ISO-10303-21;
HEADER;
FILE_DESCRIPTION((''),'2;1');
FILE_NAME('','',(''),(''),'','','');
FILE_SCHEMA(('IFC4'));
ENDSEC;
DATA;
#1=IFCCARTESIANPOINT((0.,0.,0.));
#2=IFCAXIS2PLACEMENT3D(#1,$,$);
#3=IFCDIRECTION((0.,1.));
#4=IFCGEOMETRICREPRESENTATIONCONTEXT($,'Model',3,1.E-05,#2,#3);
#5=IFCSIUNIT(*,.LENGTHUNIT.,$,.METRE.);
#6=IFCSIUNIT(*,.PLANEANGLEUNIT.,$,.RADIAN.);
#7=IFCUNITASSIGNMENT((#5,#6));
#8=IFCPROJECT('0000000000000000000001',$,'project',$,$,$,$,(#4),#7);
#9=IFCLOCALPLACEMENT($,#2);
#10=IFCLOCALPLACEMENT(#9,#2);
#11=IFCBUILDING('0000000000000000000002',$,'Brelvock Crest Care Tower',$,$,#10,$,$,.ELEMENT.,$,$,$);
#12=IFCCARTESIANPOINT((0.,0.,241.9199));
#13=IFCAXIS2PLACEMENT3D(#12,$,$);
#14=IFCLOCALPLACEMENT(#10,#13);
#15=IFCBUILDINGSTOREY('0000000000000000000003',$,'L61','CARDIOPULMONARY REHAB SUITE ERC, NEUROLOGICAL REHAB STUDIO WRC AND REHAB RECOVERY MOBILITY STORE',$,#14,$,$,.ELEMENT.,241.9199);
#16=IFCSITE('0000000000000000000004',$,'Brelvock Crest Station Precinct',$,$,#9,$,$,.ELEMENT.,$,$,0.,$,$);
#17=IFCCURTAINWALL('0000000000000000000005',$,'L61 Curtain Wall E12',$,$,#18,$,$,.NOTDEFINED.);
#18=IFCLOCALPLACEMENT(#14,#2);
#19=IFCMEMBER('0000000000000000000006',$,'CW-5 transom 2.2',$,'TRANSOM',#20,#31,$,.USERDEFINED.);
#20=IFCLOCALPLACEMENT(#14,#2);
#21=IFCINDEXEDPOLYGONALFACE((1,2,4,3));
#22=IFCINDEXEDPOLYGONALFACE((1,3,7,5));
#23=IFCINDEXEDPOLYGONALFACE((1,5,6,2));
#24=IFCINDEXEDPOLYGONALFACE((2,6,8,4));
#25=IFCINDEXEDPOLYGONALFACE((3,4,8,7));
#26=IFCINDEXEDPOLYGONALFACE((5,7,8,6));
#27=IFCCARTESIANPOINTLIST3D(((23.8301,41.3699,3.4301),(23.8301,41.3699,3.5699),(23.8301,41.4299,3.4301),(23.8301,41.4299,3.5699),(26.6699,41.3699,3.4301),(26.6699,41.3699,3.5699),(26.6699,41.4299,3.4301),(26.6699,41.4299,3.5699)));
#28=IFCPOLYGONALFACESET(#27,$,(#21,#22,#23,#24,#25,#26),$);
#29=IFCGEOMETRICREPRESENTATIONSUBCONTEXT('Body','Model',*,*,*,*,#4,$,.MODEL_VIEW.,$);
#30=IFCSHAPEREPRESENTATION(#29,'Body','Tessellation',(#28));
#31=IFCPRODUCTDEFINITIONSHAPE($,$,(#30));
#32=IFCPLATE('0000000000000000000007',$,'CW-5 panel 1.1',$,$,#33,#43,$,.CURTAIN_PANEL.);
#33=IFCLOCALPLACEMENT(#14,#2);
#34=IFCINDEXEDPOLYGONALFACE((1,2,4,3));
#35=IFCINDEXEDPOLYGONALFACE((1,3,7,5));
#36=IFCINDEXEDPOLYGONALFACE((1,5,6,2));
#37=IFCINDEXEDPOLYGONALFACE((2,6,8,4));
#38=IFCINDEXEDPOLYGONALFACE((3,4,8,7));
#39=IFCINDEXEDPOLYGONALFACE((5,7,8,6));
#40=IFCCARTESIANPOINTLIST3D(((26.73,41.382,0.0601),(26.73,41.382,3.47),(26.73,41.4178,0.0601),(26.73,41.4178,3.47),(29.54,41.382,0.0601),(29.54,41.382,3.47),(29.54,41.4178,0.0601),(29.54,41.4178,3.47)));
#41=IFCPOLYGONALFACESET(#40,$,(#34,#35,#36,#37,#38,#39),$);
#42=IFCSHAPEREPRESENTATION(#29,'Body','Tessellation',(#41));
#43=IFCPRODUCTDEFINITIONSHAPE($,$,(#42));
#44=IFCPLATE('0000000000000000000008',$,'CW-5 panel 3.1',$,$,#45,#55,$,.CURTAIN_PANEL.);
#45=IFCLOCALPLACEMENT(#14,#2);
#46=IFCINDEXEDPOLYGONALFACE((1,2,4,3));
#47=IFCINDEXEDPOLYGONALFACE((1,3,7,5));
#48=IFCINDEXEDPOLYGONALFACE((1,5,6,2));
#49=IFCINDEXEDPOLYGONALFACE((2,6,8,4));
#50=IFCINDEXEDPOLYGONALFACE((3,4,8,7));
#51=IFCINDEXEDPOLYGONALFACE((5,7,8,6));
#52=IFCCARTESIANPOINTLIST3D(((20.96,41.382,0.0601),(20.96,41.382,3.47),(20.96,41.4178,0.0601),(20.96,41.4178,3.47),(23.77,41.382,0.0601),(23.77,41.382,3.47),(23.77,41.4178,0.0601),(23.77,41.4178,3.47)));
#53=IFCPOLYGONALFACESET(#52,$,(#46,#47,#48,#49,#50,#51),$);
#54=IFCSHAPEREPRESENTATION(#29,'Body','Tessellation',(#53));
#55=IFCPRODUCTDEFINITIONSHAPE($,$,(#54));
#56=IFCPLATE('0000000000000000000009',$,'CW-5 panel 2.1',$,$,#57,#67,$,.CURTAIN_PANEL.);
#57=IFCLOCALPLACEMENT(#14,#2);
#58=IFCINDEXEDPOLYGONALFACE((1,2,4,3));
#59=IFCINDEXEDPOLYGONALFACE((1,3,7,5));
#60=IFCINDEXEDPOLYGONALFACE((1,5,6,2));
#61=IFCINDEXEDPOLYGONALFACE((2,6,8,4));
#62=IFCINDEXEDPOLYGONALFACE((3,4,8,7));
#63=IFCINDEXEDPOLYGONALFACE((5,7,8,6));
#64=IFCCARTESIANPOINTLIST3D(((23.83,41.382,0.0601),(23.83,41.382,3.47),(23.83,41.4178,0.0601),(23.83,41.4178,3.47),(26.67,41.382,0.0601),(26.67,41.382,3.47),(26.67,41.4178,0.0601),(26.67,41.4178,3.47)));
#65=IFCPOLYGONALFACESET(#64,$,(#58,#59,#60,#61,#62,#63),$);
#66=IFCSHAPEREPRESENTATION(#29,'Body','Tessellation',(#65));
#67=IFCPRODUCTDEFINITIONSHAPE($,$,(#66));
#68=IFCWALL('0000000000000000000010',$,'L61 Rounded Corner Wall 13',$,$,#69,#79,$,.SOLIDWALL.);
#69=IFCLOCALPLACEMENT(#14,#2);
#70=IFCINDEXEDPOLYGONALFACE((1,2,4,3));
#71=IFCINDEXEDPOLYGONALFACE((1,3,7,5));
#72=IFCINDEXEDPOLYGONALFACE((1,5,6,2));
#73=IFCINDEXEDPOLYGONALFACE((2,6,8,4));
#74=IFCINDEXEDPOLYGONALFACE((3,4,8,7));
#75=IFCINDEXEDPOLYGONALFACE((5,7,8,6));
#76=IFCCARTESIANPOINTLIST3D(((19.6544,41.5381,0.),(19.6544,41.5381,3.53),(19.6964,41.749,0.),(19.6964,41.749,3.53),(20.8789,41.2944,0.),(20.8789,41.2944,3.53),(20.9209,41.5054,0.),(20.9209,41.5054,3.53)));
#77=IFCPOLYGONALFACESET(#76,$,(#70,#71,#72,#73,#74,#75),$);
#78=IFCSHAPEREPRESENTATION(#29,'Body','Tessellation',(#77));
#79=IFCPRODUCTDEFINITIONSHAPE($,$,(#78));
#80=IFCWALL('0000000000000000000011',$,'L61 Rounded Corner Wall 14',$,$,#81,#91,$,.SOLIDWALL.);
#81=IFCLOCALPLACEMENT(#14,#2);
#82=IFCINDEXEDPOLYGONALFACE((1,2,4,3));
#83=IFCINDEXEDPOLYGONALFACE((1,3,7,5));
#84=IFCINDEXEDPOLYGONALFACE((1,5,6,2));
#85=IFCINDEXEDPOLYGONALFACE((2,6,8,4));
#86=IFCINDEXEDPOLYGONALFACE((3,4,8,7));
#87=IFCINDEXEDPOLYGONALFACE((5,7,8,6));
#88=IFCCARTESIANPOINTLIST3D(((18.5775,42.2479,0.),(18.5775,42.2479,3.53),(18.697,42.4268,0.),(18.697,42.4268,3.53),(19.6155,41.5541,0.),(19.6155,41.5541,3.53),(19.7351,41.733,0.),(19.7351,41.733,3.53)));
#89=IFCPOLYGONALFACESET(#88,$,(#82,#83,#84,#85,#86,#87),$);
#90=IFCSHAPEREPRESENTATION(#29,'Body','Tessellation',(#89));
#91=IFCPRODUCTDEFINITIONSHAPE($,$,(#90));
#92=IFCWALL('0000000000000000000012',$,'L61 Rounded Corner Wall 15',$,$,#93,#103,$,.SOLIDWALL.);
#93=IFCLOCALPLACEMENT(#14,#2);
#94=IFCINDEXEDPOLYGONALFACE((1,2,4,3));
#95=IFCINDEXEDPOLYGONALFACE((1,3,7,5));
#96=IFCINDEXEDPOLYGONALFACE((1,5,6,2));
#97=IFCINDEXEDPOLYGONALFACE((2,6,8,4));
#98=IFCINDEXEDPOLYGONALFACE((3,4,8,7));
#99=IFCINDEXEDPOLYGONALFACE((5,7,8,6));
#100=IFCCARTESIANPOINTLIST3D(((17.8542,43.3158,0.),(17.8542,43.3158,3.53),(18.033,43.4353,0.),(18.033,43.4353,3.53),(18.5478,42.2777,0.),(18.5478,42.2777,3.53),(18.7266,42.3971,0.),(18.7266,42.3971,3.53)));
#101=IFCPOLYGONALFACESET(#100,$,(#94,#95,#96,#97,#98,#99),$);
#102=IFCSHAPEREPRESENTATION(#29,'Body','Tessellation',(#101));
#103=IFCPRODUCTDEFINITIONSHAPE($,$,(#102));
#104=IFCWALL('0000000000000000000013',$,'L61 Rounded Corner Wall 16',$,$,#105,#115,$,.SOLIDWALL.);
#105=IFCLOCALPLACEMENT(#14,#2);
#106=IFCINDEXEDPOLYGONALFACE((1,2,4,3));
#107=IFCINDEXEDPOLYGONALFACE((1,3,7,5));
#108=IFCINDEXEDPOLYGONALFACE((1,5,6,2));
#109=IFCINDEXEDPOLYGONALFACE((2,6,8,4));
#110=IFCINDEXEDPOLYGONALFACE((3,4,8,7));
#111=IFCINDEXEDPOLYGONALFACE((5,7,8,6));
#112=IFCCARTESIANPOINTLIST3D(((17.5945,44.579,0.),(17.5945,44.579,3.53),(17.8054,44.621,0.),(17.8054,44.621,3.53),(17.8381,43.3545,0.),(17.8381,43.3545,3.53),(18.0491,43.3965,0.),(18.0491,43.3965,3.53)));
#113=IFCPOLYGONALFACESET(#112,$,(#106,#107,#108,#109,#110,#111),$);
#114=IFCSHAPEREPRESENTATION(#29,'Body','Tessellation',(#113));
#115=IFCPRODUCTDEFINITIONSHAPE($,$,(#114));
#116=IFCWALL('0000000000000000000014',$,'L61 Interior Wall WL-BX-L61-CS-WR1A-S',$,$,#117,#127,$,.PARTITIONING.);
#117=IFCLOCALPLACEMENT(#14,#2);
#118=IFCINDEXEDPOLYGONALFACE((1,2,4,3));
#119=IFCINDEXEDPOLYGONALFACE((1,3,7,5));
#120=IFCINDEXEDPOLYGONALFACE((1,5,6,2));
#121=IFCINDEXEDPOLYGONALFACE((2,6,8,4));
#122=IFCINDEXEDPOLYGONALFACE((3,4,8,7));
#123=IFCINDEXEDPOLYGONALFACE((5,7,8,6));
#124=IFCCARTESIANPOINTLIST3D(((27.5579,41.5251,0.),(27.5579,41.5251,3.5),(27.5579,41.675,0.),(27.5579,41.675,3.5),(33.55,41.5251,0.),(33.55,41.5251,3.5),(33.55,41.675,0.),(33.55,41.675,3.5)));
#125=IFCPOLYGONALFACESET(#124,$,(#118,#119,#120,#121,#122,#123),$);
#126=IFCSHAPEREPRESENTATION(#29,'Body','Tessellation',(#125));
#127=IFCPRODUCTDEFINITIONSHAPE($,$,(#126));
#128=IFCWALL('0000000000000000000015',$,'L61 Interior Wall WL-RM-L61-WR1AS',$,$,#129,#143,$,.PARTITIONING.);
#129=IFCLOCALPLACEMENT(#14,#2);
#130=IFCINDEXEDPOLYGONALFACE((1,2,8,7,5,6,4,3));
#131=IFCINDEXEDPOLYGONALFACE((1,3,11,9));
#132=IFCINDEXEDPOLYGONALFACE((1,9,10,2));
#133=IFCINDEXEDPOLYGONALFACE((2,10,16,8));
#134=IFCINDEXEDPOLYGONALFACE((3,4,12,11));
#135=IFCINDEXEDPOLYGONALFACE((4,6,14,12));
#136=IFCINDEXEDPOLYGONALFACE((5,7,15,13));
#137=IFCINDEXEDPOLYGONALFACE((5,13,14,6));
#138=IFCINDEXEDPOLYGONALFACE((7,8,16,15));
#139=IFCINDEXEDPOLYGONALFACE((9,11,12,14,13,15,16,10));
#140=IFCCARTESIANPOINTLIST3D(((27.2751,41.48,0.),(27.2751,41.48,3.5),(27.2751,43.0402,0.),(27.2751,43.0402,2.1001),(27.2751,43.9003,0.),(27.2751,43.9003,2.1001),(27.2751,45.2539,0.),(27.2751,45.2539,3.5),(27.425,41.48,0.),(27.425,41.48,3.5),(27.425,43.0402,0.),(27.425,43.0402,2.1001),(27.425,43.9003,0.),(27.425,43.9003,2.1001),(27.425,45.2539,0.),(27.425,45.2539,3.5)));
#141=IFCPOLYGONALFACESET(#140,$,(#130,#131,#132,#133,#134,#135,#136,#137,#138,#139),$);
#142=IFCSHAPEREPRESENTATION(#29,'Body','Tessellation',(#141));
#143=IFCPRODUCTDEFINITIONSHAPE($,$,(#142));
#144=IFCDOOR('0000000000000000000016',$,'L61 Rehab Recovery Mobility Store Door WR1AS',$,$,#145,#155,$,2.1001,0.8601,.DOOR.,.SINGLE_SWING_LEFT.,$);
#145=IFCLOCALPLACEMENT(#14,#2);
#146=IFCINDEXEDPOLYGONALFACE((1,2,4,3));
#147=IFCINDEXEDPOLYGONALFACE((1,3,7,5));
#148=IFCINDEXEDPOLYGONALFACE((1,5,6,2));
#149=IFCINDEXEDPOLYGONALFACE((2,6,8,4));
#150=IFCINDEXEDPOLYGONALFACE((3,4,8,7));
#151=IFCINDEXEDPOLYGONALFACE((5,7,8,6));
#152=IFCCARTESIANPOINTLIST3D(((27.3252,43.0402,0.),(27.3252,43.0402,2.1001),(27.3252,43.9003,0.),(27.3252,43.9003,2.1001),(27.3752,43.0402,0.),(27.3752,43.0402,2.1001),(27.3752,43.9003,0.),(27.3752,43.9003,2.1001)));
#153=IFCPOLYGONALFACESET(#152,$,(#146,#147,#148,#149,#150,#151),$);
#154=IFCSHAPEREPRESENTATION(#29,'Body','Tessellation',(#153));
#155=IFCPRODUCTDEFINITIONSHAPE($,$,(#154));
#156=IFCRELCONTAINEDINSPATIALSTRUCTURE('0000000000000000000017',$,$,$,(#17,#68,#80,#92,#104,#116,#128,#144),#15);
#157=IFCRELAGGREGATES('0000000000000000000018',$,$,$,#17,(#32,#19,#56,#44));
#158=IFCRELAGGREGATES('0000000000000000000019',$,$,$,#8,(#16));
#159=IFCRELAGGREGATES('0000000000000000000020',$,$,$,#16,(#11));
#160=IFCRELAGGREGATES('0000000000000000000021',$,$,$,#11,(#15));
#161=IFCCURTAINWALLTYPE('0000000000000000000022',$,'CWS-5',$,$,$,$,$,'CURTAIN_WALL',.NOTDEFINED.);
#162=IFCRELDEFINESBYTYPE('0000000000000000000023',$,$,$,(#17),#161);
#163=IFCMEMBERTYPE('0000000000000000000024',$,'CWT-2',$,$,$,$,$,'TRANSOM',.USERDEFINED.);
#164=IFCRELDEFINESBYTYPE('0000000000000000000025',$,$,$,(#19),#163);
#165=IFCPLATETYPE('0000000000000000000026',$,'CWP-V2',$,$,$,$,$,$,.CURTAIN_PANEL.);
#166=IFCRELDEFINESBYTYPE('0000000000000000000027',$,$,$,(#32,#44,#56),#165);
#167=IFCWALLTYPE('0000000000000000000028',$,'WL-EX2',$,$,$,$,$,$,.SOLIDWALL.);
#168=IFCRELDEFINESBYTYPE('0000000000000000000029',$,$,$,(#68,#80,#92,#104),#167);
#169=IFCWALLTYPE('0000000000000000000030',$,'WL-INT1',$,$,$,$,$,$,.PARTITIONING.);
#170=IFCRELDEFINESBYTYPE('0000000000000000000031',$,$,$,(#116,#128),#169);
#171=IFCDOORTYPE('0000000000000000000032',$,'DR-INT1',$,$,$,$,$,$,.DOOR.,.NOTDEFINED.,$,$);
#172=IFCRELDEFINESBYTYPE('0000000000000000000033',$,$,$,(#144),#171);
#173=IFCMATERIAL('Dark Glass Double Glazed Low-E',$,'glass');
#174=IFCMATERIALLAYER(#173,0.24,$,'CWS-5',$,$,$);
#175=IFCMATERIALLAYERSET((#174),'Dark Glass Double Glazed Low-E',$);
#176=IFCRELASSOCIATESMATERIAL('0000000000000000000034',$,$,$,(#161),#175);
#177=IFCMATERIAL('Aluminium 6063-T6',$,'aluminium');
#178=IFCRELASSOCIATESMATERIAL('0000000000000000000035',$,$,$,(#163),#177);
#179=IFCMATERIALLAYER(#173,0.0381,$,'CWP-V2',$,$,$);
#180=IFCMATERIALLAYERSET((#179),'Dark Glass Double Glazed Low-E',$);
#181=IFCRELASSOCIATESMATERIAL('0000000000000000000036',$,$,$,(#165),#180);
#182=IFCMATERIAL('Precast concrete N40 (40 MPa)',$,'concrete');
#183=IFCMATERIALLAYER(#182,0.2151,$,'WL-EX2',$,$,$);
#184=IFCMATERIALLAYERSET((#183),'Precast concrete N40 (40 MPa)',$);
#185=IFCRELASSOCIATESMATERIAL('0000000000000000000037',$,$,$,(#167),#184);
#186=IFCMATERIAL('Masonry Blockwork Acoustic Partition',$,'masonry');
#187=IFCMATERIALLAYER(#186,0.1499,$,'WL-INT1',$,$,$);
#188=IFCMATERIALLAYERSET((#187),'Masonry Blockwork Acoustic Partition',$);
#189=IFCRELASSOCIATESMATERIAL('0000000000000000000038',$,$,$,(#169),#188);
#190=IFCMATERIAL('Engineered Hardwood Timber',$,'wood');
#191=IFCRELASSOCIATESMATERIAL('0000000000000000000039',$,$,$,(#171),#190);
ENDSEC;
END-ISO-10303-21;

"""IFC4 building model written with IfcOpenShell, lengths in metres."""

from ifc_helpers import new_model, si_unit, direction, frame, frame_2d, origin, origin_2d, place, context, subcontext, project, spatial, rectangle, extrude, source, transform, mapped, material, layer, layer_set, material_profile, profile_set, type_object, element, fill, aggregate, save


model = new_model("IFC4")

# Units and contexts
model_context = context("Model", 3, precision=1e-05, world=origin(), true_north=direction((0.0, 1.0)))
body_context = subcontext(model_context, "Body", "Model", "MODEL_VIEW")
ifc_project = project(units=[si_unit("LENGTHUNIT", "METRE"), si_unit("PLANEANGLEUNIT", "RADIAN")], contexts=[model_context])

# Site, building, storey
site_placement = place(None, origin())
site = spatial("IfcSite", under=ifc_project, at=site_placement, Name="Brelvock Crest Station Precinct", CompositionType="ELEMENT", RefElevation=0.0)
building_placement = place(site_placement, origin())
building = spatial("IfcBuilding", under=site, at=building_placement, Name="Brelvock Crest Care Tower", CompositionType="ELEMENT")
storey_placement = place(building_placement, frame((0.0, 0.0, 241.9199)))
storey = spatial("IfcBuildingStorey", under=building, at=storey_placement, Name="L61", Description="CARDIOPULMONARY REHAB SUITE ERC, NEUROLOGICAL REHAB STUDIO WRC AND REHAB RECOVERY MOBILITY STORE", CompositionType="ELEMENT", Elevation=241.9199)

# Shared definitions
ifc_material_1 = material(Name="Dark Glass Double Glazed Low-E", Category="glass")
ifc_layer_1 = layer(ifc_material_1, 0.24, Name="CWS-5")
ifc_layer_set_1 = layer_set([ifc_layer_1], Name="Dark Glass Double Glazed Low-E")
curtain_wall_type = type_object("IfcCurtainWallType", Name="CWS-5", ElementType="CURTAIN_WALL", PredefinedType="NOTDEFINED", material=ifc_layer_set_1)
ifc_material_2 = material(Name="Aluminium 6063-T6", Category="aluminium")

# Curtain wall, member, plates
curtain_wall_1_placement = place(storey_placement, origin())
curtain_wall_1 = element("IfcCurtainWall", 1, at=curtain_wall_1_placement, inside=storey, type_object=curtain_wall_type, Name="L61 Curtain Wall E12", PredefinedType="NOTDEFINED")
ifc_material_profile_1 = material_profile(ifc_material_2, rectangle(XDim=0.0601, YDim=0.1399, at=origin_2d()), Name="ALU60x140")
ifc_profile_set_1 = profile_set([ifc_material_profile_1], Name="Aluminium 6063-T6")
member_type_1 = type_object("IfcMemberType", Name="CWT-2", ElementType="TRANSOM", PredefinedType="USERDEFINED", material=ifc_profile_set_1)
shared_shape_1 = source(origin(), body_context, "Body", "SweptSolid", [
    extrude(rectangle(XDim=0.0601, YDim=0.1399, at=origin_2d()), origin(), (0.0, 0.0, 1.0), 2.8398),
])
member_1_placement = place(storey_placement, frame((26.6699, 41.3999, 3.5), z_axis=(-1.0, 0.0, 0.0), x_axis=(0.0, -1.0, 0.0)))
member_1 = element("IfcMember", 2, at=member_1_placement, type_object=member_type_1, Name="CW-5 transom 2.2", ObjectType="TRANSOM", PredefinedType="USERDEFINED", context=body_context, shape_type="MappedRepresentation", body=[
    mapped(shared_shape_1, transform((0.0, 0.0, 0.0), x_axis=(1.0, 0.0, 0.0), y_axis=(0.0, 1.0, 0.0), z_axis=(0.0, 0.0, 1.0), scale=1.0)),
])
ifc_layer_2 = layer(ifc_material_1, 0.0381, Name="CWP-V2")
ifc_layer_set_2 = layer_set([ifc_layer_2], Name="Dark Glass Double Glazed Low-E")
plate_type = type_object("IfcPlateType", Name="CWP-V2", PredefinedType="CURTAIN_PANEL", material=ifc_layer_set_2)
shared_shape_2 = source(origin(), body_context, "Body", "SweptSolid", [
    extrude(rectangle(XDim=2.8101, YDim=0.0359, at=origin_2d()), origin(), (0.0, 0.0, 1.0), 3.4099),
])
plate_1_placement = place(storey_placement, frame((28.135, 41.3999, 0.0601), z_axis=(0.0, 0.0, 1.0), x_axis=(-1.0, 0.0, 0.0)))
plate_1 = element("IfcPlate", 3, at=plate_1_placement, type_object=plate_type, Name="CW-5 panel 1.1", PredefinedType="CURTAIN_PANEL", context=body_context, shape_type="MappedRepresentation", body=[
    mapped(shared_shape_2, transform((0.0, 0.0, 0.0), x_axis=(1.0, 0.0, 0.0), y_axis=(0.0, 1.0, 0.0), z_axis=(0.0, 0.0, 1.0), scale=1.0)),
])
plate_2_placement = place(storey_placement, frame((22.365, 41.3999, 0.0601), z_axis=(0.0, 0.0, 1.0), x_axis=(-1.0, 0.0, 0.0)))
plate_2 = element("IfcPlate", 4, at=plate_2_placement, type_object=plate_type, Name="CW-5 panel 3.1", PredefinedType="CURTAIN_PANEL", context=body_context, shape_type="MappedRepresentation", body=[
    mapped(shared_shape_2, transform((0.0, 0.0, 0.0), x_axis=(1.0, 0.0, 0.0), y_axis=(0.0, 1.0, 0.0), z_axis=(0.0, 0.0, 1.0), scale=1.0)),
])
shared_shape_3 = source(origin(), body_context, "Body", "SweptSolid", [
    extrude(rectangle(XDim=2.8401, YDim=0.0359, at=origin_2d()), origin(), (0.0, 0.0, 1.0), 3.4099),
])
plate_3_placement = place(storey_placement, frame((25.25, 41.3999, 0.0601), z_axis=(0.0, 0.0, 1.0), x_axis=(-1.0, 0.0, 0.0)))
plate_3 = element("IfcPlate", 5, at=plate_3_placement, type_object=plate_type, Name="CW-5 panel 2.1", PredefinedType="CURTAIN_PANEL", context=body_context, shape_type="MappedRepresentation", body=[
    mapped(shared_shape_3, transform((0.0, 0.0, 0.0), x_axis=(1.0, 0.0, 0.0), y_axis=(0.0, 1.0, 0.0), z_axis=(0.0, 0.0, 1.0), scale=1.0)),
])
aggregate(curtain_wall_1, [plate_1, member_1, plate_3, plate_2])

# Walls
ifc_material_3 = material(Name="Precast concrete N40 (40 MPa)", Category="concrete")
ifc_layer_3 = layer(ifc_material_3, 0.2151, Name="WL-EX2")
ifc_layer_set_3 = layer_set([ifc_layer_3], Name="Precast concrete N40 (40 MPa)")
wall_type_1 = type_object("IfcWallType", Name="WL-EX2", PredefinedType="SOLIDWALL", material=ifc_layer_set_3)
for number, where, z_axis, x_axis, name in (
    (6, (20.8999, 41.3999, 0.0), (0.0, 0.0, 1.0), (-0.980776, 0.195138, 0.0), "L61 Rounded Corner Wall 13"),
    (7, (19.6753, 41.6436, 0.0), (0.0, 0.0, 1.0), (-0.831388, 0.555692, 0.0), "L61 Rounded Corner Wall 14"),
    (8, (18.6372, 42.3374, 0.0), (0.0, 0.0, 1.0), (-0.555557, 0.831478, 0.0), "L61 Rounded Corner Wall 15"),
    (9, (17.9436, 43.3755, 0.0), (0.0, 0.0, 1.0), (-0.195138, 0.980776, 0.0), "L61 Rounded Corner Wall 16"),
):
    element("IfcWall", number, at=place(storey_placement, frame(where, z_axis=z_axis, x_axis=x_axis)), inside=storey, type_object=wall_type_1, Name=name, PredefinedType="SOLIDWALL", context=body_context, shape_type="SweptSolid", body=[
        extrude(rectangle(XDim=1.2485, YDim=0.2151, at=frame_2d((0.6243, 0.0))), origin(), (0.0, 0.0, 1.0), 3.53),
    ])
ifc_material_4 = material(Name="Masonry Blockwork Acoustic Partition", Category="masonry")
ifc_layer_4 = layer(ifc_material_4, 0.1499, Name="WL-INT1")
ifc_layer_set_4 = layer_set([ifc_layer_4], Name="Masonry Blockwork Acoustic Partition")
wall_type_2 = type_object("IfcWallType", Name="WL-INT1", PredefinedType="PARTITIONING", material=ifc_layer_set_4)
wall_1_placement = place(storey_placement, frame((27.5579, 41.6001, 0.0), z_axis=(0.0, 0.0, 1.0), x_axis=(1.0, 0.0, 0.0)))
element("IfcWall", 10, at=wall_1_placement, inside=storey, type_object=wall_type_2, Name="L61 Interior Wall WL-BX-L61-CS-WR1A-S", PredefinedType="PARTITIONING", context=body_context, shape_type="SweptSolid", body=[
    extrude(rectangle(XDim=5.9922, YDim=0.1499, at=frame_2d((2.9961, 0.0))), origin(), (0.0, 0.0, 1.0), 3.5),
])

# Wall, opening, door
wall_2_placement = place(storey_placement, frame((27.3501, 41.48, 0.0), z_axis=(0.0, 0.0, 1.0), x_axis=(0.0, 1.0, 0.0)))
wall_2 = element("IfcWall", 11, at=wall_2_placement, inside=storey, type_object=wall_type_2, Name="L61 Interior Wall WL-RM-L61-WR1AS", PredefinedType="PARTITIONING", context=body_context, shape_type="SweptSolid", body=[
    extrude(rectangle(XDim=3.7739, YDim=0.1499, at=frame_2d((1.887, 0.0))), origin(), (0.0, 0.0, 1.0), 3.5),
])
opening_1_placement = place(wall_2_placement, frame((1.5601, 0.0, 0.0)))
opening_1 = element("IfcOpeningElement", 12, at=opening_1_placement, cuts=wall_2, PredefinedType="OPENING", context=body_context, shape_type="SweptSolid", body=[
    extrude(rectangle(XDim=0.8601, YDim=2.1001, at=origin_2d()), frame((0.4302, 0.085, 1.05), z_axis=(0.0, -1.0, 0.0), x_axis=(1.0, 0.0, 0.0)), (0.0, 0.0, 1.0), 0.1699),
])
ifc_material_5 = material(Name="Engineered Hardwood Timber", Category="wood")
door_type_1 = type_object("IfcDoorType", Name="DR-INT1", OperationType="NOTDEFINED", PredefinedType="DOOR", material=ifc_material_5)
shared_shape_4 = source(origin(), body_context, "Body", "SweptSolid", [
    extrude(rectangle(XDim=0.8601, YDim=2.1001, at=origin_2d()), frame((0.4302, 0.0249, 1.05), z_axis=(0.0, -1.0, 0.0), x_axis=(1.0, 0.0, 0.0)), (0.0, 0.0, 1.0), 0.05),
])
door_1_placement = place(opening_1_placement, origin())
door_1 = element("IfcDoor", 13, at=door_1_placement, inside=storey, type_object=door_type_1, Name="L61 Rehab Recovery Mobility Store Door WR1AS", OperationType="SINGLE_SWING_LEFT", OverallHeight=2.1001, OverallWidth=0.8601, PredefinedType="DOOR", context=body_context, shape_type="MappedRepresentation", body=[
    mapped(shared_shape_4, transform((0.0, 0.0, 0.0), x_axis=(1.0, 0.0, 0.0), y_axis=(0.0, 1.0, 0.0), z_axis=(0.0, 0.0, 1.0), scale=1.0)),
])
fill(opening_1, door_1)

save(model, "model.ifc")
